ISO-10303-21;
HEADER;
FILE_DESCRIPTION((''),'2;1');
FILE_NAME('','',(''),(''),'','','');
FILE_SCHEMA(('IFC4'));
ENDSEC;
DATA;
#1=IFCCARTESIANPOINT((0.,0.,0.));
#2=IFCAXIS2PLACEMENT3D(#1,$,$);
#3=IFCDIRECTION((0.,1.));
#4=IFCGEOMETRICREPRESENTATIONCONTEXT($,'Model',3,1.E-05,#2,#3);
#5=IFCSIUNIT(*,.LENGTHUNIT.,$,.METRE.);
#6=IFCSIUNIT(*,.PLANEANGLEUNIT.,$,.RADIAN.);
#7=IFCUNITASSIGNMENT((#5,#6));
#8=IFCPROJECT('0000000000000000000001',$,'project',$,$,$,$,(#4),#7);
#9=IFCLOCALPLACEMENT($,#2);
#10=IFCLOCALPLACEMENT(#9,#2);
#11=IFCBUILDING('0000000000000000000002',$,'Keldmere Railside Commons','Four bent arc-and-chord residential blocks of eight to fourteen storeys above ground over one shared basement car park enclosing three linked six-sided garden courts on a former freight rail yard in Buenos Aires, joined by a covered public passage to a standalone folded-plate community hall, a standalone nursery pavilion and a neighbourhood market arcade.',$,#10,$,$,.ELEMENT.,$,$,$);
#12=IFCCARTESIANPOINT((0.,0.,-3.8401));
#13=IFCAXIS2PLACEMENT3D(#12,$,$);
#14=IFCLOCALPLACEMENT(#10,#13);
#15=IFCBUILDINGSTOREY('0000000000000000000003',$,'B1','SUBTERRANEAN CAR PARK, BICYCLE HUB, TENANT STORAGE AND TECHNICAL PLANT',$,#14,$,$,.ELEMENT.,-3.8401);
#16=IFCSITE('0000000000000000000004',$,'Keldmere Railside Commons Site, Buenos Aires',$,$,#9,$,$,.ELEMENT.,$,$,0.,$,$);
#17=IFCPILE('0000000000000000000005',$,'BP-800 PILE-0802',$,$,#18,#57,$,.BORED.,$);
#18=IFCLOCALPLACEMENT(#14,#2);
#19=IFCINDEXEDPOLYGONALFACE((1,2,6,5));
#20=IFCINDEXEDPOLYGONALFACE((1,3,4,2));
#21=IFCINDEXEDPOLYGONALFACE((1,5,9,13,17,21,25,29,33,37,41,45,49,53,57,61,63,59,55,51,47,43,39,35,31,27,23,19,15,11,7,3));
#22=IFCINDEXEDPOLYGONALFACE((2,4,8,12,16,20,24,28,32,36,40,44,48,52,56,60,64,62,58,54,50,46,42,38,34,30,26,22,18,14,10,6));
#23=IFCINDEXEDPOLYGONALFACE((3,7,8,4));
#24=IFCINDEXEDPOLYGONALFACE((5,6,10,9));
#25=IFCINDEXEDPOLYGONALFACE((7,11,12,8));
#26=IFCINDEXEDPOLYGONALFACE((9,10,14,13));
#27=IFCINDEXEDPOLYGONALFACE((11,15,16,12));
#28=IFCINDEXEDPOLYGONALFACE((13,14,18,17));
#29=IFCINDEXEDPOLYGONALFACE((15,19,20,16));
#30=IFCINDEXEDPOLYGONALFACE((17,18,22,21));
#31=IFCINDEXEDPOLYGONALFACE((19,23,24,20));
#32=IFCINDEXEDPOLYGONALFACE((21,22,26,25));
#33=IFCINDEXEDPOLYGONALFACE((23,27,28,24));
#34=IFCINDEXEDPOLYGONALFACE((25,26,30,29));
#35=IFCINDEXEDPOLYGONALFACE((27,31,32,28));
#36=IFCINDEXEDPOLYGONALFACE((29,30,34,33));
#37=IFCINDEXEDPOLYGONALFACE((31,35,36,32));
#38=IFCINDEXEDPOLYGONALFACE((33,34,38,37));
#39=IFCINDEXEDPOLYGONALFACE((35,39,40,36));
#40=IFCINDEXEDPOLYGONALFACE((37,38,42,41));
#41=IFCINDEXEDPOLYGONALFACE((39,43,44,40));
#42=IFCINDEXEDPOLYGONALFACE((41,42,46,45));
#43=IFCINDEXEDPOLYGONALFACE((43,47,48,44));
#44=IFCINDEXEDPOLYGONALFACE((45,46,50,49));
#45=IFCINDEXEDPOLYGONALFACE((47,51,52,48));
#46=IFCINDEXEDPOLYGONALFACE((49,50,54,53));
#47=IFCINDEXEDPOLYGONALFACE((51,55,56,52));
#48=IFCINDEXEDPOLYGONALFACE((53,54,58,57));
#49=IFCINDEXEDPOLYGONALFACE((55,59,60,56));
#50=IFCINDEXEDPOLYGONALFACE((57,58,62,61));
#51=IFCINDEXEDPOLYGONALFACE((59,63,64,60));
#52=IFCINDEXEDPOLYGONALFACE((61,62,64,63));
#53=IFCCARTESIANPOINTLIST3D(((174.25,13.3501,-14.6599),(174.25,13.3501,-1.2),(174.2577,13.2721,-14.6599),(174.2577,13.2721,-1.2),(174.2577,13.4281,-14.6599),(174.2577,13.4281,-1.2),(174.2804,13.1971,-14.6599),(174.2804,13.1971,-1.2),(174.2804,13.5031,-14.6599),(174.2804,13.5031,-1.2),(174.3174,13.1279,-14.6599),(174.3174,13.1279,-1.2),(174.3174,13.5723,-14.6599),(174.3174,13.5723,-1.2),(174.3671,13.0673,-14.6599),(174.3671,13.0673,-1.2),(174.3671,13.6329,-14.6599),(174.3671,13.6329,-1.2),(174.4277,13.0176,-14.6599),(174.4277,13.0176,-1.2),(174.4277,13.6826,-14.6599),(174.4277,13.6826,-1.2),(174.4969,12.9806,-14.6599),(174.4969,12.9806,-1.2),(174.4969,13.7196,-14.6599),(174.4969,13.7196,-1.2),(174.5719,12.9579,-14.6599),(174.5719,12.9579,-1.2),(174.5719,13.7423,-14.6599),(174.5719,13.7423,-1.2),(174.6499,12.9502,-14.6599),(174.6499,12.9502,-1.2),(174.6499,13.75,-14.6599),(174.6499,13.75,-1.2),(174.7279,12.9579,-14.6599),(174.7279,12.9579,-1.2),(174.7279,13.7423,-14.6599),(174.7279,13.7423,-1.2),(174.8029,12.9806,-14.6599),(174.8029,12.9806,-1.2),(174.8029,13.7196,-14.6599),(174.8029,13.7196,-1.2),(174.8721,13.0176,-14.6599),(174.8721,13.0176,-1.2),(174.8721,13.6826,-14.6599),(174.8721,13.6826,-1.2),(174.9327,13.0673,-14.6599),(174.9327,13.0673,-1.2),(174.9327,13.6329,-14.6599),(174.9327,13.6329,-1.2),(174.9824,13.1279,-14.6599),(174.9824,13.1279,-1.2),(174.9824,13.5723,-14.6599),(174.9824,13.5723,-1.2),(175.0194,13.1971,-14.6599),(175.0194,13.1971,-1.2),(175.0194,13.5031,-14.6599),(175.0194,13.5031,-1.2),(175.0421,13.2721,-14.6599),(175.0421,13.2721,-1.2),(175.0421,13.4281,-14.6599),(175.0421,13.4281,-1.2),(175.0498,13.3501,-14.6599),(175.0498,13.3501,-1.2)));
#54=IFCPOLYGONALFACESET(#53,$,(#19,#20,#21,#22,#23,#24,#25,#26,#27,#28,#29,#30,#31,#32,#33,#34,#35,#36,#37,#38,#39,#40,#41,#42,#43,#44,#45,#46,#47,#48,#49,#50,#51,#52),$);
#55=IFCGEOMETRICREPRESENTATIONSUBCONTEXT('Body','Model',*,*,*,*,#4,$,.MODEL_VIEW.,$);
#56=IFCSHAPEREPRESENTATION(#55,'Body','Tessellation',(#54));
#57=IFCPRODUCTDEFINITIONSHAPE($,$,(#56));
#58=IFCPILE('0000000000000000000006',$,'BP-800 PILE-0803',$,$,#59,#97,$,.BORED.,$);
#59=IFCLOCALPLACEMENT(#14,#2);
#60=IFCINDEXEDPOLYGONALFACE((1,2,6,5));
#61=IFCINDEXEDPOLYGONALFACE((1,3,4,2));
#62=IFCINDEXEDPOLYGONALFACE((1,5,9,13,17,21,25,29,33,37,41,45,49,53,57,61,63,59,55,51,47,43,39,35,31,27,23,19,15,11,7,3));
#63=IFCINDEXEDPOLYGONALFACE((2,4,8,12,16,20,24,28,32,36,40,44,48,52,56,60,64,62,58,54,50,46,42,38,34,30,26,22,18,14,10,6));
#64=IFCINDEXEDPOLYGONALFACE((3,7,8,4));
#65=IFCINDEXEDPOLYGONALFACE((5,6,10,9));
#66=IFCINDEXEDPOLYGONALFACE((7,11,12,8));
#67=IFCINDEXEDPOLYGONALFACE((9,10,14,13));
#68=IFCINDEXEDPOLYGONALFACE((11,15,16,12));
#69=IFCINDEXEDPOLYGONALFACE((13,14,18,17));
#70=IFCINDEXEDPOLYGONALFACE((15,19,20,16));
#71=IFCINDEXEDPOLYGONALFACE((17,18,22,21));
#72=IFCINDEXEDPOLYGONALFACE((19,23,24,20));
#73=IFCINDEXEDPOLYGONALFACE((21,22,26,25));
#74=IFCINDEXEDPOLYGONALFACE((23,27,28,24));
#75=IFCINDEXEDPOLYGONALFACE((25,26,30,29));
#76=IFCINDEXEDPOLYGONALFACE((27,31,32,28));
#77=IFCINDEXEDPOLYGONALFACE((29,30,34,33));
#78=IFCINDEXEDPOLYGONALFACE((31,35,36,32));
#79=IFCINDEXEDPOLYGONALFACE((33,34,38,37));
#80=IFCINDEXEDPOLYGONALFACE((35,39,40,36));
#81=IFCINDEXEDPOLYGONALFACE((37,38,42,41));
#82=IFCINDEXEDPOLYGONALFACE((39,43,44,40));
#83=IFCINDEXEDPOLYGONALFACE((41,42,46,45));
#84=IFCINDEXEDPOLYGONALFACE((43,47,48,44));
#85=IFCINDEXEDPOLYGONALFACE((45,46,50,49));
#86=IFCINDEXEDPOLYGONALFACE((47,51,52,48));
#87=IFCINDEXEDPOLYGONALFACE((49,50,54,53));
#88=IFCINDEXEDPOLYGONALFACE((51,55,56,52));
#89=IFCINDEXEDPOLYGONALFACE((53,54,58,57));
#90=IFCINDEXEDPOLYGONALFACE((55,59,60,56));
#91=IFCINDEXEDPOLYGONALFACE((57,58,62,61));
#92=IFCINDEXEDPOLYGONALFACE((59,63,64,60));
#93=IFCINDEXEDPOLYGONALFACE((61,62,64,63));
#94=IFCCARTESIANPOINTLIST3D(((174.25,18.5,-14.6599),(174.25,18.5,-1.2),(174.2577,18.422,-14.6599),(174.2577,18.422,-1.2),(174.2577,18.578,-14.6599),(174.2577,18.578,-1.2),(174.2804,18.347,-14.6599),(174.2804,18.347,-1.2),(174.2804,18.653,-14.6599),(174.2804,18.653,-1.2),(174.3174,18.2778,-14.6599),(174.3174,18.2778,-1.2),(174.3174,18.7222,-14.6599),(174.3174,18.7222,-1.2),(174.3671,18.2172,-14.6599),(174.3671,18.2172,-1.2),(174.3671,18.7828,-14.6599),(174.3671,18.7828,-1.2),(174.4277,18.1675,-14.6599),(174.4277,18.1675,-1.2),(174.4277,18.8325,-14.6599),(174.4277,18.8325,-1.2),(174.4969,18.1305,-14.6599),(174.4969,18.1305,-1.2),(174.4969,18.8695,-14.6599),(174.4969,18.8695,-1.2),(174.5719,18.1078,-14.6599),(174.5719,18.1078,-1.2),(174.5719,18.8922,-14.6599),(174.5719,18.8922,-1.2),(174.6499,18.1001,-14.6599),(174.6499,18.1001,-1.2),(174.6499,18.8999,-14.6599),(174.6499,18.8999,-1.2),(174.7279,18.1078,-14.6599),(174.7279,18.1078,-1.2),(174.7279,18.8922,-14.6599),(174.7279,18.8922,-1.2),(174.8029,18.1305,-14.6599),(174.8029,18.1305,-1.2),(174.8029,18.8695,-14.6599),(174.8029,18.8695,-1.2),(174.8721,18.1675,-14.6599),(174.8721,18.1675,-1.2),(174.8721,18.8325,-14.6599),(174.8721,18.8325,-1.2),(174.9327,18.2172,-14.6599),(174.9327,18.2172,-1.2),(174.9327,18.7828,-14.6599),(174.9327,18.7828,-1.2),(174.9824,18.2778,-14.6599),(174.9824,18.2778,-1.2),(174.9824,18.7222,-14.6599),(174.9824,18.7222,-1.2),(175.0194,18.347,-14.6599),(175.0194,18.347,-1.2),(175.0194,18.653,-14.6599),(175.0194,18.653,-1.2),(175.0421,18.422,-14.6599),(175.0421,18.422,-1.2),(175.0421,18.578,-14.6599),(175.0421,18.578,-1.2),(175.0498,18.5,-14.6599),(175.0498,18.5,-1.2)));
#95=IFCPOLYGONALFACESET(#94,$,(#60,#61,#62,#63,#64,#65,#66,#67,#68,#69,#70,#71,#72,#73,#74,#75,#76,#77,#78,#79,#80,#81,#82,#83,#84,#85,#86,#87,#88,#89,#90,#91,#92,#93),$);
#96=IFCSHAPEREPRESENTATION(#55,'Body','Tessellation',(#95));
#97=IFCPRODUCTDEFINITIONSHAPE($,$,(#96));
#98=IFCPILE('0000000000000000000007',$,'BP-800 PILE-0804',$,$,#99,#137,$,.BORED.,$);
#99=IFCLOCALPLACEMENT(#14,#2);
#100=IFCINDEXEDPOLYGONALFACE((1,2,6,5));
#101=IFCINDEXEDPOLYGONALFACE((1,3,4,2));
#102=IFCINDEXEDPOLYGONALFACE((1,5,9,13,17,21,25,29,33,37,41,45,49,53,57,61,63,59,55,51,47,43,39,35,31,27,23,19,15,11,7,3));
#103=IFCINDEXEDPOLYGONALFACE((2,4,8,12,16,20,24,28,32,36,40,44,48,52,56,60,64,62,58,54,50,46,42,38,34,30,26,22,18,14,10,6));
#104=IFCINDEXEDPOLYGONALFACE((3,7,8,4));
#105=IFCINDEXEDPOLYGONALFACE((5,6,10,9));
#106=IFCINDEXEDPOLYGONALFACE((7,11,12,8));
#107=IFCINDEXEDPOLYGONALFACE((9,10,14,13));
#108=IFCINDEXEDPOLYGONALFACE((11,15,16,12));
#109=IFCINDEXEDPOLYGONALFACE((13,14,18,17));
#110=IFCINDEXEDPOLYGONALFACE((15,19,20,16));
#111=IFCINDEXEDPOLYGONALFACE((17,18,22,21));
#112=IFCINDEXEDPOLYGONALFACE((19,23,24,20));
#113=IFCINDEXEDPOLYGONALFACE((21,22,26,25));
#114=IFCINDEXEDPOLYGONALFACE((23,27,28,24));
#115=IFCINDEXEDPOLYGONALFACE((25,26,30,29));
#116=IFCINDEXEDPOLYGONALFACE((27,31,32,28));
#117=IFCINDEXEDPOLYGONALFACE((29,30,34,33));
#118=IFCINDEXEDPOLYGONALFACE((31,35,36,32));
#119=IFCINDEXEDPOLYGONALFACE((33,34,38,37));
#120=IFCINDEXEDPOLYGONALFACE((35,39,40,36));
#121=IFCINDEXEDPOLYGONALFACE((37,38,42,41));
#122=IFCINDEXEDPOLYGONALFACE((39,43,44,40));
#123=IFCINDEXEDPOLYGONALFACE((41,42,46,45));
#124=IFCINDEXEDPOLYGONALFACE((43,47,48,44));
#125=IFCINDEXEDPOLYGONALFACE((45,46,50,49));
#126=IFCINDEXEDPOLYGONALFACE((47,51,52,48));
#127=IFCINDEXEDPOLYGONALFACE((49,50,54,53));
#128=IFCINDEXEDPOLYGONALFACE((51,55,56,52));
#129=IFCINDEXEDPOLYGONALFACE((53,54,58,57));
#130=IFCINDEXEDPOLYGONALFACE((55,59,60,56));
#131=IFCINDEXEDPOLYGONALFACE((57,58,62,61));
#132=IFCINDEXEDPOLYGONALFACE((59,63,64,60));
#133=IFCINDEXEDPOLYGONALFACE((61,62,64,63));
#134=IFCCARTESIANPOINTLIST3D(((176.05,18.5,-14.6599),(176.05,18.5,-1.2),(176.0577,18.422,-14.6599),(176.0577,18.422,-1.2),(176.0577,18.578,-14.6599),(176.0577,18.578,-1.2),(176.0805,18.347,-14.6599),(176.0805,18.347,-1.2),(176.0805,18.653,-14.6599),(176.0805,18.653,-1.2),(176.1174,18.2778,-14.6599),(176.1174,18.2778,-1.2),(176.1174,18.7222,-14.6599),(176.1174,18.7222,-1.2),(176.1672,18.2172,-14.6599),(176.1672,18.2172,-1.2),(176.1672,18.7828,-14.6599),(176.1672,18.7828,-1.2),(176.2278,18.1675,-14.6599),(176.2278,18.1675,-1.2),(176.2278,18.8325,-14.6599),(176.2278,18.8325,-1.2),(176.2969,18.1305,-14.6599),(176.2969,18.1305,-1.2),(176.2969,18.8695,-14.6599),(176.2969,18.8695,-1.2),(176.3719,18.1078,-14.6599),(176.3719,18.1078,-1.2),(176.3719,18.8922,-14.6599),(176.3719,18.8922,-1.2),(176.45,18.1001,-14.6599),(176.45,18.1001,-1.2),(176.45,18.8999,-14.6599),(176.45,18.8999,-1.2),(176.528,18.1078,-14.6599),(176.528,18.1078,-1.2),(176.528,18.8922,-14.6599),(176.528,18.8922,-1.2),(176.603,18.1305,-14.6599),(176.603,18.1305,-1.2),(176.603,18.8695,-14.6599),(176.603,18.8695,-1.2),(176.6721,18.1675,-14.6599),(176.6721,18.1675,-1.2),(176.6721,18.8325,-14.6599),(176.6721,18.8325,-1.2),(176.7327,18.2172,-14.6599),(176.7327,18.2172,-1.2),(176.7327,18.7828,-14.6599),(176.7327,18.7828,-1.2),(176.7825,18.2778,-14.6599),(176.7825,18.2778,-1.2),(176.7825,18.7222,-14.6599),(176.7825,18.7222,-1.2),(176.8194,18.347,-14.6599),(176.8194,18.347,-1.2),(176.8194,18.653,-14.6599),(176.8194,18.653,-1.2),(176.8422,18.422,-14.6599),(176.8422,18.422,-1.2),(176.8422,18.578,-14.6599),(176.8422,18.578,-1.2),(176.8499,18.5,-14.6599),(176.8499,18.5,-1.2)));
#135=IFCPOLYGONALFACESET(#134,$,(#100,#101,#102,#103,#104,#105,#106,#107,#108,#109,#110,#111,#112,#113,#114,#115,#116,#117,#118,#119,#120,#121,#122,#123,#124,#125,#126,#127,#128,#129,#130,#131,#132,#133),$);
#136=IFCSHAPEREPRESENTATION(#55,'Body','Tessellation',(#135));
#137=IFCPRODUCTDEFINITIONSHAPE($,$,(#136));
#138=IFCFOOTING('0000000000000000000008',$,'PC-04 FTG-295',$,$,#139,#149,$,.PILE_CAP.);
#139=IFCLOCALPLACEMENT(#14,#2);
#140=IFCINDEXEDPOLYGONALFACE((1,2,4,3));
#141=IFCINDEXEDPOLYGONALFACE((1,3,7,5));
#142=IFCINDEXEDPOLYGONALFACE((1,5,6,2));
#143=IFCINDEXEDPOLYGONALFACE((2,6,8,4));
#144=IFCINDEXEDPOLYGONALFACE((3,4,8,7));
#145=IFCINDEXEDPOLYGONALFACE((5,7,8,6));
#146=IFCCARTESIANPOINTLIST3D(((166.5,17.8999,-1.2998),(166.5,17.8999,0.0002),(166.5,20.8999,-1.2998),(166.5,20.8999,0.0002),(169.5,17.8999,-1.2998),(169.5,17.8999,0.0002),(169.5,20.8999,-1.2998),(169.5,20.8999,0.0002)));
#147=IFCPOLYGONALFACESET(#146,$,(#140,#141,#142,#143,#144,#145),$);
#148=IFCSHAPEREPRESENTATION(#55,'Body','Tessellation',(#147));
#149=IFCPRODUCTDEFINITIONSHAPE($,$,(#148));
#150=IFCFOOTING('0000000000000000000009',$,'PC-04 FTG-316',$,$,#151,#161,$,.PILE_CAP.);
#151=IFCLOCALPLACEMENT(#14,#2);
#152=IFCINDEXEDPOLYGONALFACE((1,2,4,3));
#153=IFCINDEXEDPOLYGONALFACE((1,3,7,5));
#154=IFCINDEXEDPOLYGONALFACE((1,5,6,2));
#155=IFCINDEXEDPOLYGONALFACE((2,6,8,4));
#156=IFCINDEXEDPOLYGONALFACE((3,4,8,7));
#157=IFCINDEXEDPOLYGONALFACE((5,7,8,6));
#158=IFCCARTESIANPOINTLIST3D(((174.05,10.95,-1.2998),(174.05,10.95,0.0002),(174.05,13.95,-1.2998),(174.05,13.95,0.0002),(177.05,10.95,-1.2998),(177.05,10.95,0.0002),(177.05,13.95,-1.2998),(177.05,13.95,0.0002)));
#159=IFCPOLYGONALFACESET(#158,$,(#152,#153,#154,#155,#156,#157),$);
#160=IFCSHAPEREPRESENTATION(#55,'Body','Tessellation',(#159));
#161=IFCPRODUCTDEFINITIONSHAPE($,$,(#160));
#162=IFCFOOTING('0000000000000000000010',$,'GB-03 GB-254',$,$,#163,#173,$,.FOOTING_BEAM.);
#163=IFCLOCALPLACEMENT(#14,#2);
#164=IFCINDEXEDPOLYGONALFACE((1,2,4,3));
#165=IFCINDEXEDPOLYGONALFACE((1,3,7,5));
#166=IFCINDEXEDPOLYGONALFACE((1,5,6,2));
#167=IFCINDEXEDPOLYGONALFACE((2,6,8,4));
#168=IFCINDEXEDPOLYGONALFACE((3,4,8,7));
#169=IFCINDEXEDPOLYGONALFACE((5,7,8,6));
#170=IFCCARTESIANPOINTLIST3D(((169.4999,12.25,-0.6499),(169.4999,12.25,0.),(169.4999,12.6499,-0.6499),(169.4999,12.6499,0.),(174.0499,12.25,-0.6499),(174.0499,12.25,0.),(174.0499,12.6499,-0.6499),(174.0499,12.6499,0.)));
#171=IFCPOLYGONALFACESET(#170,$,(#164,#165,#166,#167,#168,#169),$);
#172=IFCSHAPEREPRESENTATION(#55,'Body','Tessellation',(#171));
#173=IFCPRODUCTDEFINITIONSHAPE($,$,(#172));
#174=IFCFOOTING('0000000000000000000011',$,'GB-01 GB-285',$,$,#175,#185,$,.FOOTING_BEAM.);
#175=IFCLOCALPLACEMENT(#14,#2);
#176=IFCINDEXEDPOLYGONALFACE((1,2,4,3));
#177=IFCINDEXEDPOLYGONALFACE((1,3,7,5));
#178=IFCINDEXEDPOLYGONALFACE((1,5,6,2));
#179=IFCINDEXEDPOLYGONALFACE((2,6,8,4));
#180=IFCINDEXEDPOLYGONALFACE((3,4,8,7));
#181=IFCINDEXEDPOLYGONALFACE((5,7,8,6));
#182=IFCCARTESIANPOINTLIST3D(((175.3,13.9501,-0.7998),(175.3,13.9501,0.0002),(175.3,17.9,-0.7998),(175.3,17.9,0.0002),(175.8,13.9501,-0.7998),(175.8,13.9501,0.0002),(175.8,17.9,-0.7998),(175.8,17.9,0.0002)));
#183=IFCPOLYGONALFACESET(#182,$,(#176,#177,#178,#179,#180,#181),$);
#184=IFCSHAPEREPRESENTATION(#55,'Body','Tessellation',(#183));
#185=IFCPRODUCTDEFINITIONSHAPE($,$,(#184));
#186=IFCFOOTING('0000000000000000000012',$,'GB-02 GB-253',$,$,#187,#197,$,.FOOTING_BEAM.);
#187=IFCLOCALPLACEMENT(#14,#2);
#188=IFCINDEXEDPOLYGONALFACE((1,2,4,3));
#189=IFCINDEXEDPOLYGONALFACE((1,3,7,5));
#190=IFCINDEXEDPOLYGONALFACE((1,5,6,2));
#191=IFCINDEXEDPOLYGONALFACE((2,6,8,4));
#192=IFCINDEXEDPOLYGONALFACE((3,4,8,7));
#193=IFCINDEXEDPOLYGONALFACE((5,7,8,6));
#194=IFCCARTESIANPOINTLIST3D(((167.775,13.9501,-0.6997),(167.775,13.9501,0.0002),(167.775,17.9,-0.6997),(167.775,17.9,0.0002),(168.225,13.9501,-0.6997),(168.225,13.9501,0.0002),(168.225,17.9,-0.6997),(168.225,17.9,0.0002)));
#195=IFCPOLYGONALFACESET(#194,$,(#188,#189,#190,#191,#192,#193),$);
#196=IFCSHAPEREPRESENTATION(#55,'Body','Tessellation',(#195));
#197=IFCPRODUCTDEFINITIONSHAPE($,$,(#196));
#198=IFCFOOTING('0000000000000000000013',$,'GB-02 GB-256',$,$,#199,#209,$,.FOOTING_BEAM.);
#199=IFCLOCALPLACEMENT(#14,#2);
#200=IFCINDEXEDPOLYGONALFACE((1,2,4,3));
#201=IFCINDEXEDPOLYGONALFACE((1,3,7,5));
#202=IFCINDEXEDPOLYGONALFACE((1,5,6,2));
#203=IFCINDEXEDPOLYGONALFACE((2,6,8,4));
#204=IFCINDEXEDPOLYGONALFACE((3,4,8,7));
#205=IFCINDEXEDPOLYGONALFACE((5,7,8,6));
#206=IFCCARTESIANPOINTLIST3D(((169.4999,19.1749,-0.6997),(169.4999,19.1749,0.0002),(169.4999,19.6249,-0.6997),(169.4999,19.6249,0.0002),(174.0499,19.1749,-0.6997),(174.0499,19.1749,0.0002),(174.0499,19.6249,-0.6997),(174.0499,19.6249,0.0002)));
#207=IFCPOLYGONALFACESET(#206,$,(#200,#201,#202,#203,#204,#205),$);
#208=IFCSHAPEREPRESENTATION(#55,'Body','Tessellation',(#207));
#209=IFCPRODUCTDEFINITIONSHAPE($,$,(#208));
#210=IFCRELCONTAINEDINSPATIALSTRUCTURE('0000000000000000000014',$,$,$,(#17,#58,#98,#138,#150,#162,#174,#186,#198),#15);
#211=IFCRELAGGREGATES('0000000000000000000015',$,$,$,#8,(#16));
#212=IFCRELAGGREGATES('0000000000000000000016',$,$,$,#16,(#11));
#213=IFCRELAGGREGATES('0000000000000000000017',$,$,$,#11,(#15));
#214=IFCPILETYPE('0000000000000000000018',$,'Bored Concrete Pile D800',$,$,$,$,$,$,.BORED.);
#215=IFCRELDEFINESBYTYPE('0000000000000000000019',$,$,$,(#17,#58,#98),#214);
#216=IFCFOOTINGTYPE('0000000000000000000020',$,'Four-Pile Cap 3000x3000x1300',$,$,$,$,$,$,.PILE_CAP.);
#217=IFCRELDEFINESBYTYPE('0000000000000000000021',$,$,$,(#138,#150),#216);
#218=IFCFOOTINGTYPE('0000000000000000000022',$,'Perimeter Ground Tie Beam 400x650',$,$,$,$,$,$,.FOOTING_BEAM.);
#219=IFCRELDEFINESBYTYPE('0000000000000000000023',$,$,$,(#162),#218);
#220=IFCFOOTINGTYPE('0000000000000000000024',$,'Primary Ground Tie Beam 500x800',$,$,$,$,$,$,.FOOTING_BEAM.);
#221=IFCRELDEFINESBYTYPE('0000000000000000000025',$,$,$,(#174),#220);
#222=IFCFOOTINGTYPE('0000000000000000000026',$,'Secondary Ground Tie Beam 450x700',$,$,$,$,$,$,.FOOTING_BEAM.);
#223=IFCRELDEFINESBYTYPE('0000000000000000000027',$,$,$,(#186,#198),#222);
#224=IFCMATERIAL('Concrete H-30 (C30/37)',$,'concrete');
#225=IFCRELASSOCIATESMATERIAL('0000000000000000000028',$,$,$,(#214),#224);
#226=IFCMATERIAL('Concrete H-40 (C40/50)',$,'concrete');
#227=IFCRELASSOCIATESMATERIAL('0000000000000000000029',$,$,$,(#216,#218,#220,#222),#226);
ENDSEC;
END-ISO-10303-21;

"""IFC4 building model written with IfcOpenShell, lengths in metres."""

from ifc_helpers import new_model, si_unit, direction, frame, origin, origin_2d, place, context, subcontext, project, spatial, rectangle, circle, extrude, material, material_profile, profile_set, type_object, element, save


model = new_model("IFC4")

# Units and contexts
model_context = context("Model", 3, precision=1e-05, world=origin(), true_north=direction((0.0, 1.0)))
body_context = subcontext(model_context, "Body", "Model", "MODEL_VIEW")
ifc_project = project(units=[si_unit("LENGTHUNIT", "METRE"), si_unit("PLANEANGLEUNIT", "RADIAN")], contexts=[model_context])

# Site, building, storey
site_placement = place(None, origin())
site = spatial("IfcSite", under=ifc_project, at=site_placement, Name="Keldmere Railside Commons Site, Buenos Aires", CompositionType="ELEMENT", RefElevation=0.0)
building_placement = place(site_placement, origin())
building = spatial("IfcBuilding", under=site, at=building_placement, Name="Keldmere Railside Commons", Description="Four bent arc-and-chord residential blocks of eight to fourteen storeys above ground over one shared basement car park enclosing three linked six-sided garden courts on a former freight rail yard in Buenos Aires, joined by a covered public passage to a standalone folded-plate community hall, a standalone nursery pavilion and a neighbourhood market arcade.", CompositionType="ELEMENT")
storey_placement = place(building_placement, frame((0.0, 0.0, -3.8401)))
storey = spatial("IfcBuildingStorey", under=building, at=storey_placement, Name="B1", Description="SUBTERRANEAN CAR PARK, BICYCLE HUB, TENANT STORAGE AND TECHNICAL PLANT", CompositionType="ELEMENT", Elevation=-3.8401)

# Piles
ifc_material_1 = material(Name="Concrete H-30 (C30/37)", Category="concrete")
ifc_material_profile_1 = material_profile(ifc_material_1, circle(Radius=0.3999, at=origin_2d()), Name="PILE-D800")
ifc_profile_set_1 = profile_set([ifc_material_profile_1], Name="Concrete H-30 (C30/37)")
pile_type = type_object("IfcPileType", Name="Bored Concrete Pile D800", PredefinedType="BORED", material=ifc_profile_set_1)
for number, where, z_axis, x_axis, name in (
    (1, (174.6499, 13.3501, -1.2), (0.0, 0.0, -1.0), (1.0, 0.0, 0.0), "BP-800 PILE-0802"),
    (2, (174.6499, 18.5, -1.2), (0.0, 0.0, -1.0), (1.0, 0.0, 0.0), "BP-800 PILE-0803"),
    (3, (176.45, 18.5, -1.2), (0.0, 0.0, -1.0), (1.0, 0.0, 0.0), "BP-800 PILE-0804"),
):
    element("IfcPile", number, at=place(storey_placement, frame(where, z_axis=z_axis, x_axis=x_axis)), inside=storey, type_object=pile_type, Name=name, PredefinedType="BORED", context=body_context, shape_type="SweptSolid", body=[
        extrude(circle(Radius=0.3999, at=origin_2d()), origin(), (0.0, 0.0, 1.0), 13.46),
    ])

# Footings
ifc_material_2 = material(Name="Concrete H-40 (C40/50)", Category="concrete")
footing_type_1 = type_object("IfcFootingType", Name="Four-Pile Cap 3000x3000x1300", PredefinedType="PILE_CAP", material=ifc_material_2)
for number, where, z_axis, x_axis, name in (
    (4, (168.0, 19.3999, -1.2998), (0.0, 0.0, 1.0), (1.0, 0.0, 0.0), "PC-04 FTG-295"),
    (5, (175.55, 12.45, -1.2998), (0.0, 0.0, 1.0), (1.0, 0.0, 0.0), "PC-04 FTG-316"),
):
    element("IfcFooting", number, at=place(storey_placement, frame(where, z_axis=z_axis, x_axis=x_axis)), inside=storey, type_object=footing_type_1, Name=name, PredefinedType="PILE_CAP", context=body_context, shape_type="SweptSolid", body=[
        extrude(rectangle(XDim=3.0, YDim=3.0, at=origin_2d()), origin(), (0.0, 0.0, 1.0), 1.3),
    ])
footing_type_2 = type_object("IfcFootingType", Name="Perimeter Ground Tie Beam 400x650", PredefinedType="FOOTING_BEAM", material=ifc_material_2)
footing_1_placement = place(storey_placement, frame((171.7749, 12.45, -0.6499), z_axis=(0.0, 0.0, 1.0), x_axis=(1.0, 0.0, 0.0)))
element("IfcFooting", 6, at=footing_1_placement, inside=storey, type_object=footing_type_2, Name="GB-03 GB-254", PredefinedType="FOOTING_BEAM", context=body_context, shape_type="SweptSolid", body=[
    extrude(rectangle(XDim=4.55, YDim=0.3999, at=origin_2d()), origin(), (0.0, 0.0, 1.0), 0.6499),
])
footing_type_3 = type_object("IfcFootingType", Name="Primary Ground Tie Beam 500x800", PredefinedType="FOOTING_BEAM", material=ifc_material_2)
footing_2_placement = place(storey_placement, frame((175.55, 15.925, -0.7998), z_axis=(0.0, 0.0, 1.0), x_axis=(0.0, 1.0, 0.0)))
element("IfcFooting", 7, at=footing_2_placement, inside=storey, type_object=footing_type_3, Name="GB-01 GB-285", PredefinedType="FOOTING_BEAM", context=body_context, shape_type="SweptSolid", body=[
    extrude(rectangle(XDim=3.95, YDim=0.5, at=origin_2d()), origin(), (0.0, 0.0, 1.0), 0.8),
])
footing_type_4 = type_object("IfcFootingType", Name="Secondary Ground Tie Beam 450x700", PredefinedType="FOOTING_BEAM", material=ifc_material_2)
footing_3_placement = place(storey_placement, frame((168.0, 15.925, -0.6997), z_axis=(0.0, 0.0, 1.0), x_axis=(0.0, 1.0, 0.0)))
element("IfcFooting", 8, at=footing_3_placement, inside=storey, type_object=footing_type_4, Name="GB-02 GB-253", PredefinedType="FOOTING_BEAM", context=body_context, shape_type="SweptSolid", body=[
    extrude(rectangle(XDim=3.95, YDim=0.45, at=origin_2d()), origin(), (0.0, 0.0, 1.0), 0.7),
])
footing_4_placement = place(storey_placement, frame((171.7749, 19.3999, -0.6997), z_axis=(0.0, 0.0, 1.0), x_axis=(1.0, 0.0, 0.0)))
element("IfcFooting", 9, at=footing_4_placement, inside=storey, type_object=footing_type_4, Name="GB-02 GB-256", PredefinedType="FOOTING_BEAM", context=body_context, shape_type="SweptSolid", body=[
    extrude(rectangle(XDim=4.55, YDim=0.45, at=origin_2d()), origin(), (0.0, 0.0, 1.0), 0.7),
])

save(model, "model.ifc")
